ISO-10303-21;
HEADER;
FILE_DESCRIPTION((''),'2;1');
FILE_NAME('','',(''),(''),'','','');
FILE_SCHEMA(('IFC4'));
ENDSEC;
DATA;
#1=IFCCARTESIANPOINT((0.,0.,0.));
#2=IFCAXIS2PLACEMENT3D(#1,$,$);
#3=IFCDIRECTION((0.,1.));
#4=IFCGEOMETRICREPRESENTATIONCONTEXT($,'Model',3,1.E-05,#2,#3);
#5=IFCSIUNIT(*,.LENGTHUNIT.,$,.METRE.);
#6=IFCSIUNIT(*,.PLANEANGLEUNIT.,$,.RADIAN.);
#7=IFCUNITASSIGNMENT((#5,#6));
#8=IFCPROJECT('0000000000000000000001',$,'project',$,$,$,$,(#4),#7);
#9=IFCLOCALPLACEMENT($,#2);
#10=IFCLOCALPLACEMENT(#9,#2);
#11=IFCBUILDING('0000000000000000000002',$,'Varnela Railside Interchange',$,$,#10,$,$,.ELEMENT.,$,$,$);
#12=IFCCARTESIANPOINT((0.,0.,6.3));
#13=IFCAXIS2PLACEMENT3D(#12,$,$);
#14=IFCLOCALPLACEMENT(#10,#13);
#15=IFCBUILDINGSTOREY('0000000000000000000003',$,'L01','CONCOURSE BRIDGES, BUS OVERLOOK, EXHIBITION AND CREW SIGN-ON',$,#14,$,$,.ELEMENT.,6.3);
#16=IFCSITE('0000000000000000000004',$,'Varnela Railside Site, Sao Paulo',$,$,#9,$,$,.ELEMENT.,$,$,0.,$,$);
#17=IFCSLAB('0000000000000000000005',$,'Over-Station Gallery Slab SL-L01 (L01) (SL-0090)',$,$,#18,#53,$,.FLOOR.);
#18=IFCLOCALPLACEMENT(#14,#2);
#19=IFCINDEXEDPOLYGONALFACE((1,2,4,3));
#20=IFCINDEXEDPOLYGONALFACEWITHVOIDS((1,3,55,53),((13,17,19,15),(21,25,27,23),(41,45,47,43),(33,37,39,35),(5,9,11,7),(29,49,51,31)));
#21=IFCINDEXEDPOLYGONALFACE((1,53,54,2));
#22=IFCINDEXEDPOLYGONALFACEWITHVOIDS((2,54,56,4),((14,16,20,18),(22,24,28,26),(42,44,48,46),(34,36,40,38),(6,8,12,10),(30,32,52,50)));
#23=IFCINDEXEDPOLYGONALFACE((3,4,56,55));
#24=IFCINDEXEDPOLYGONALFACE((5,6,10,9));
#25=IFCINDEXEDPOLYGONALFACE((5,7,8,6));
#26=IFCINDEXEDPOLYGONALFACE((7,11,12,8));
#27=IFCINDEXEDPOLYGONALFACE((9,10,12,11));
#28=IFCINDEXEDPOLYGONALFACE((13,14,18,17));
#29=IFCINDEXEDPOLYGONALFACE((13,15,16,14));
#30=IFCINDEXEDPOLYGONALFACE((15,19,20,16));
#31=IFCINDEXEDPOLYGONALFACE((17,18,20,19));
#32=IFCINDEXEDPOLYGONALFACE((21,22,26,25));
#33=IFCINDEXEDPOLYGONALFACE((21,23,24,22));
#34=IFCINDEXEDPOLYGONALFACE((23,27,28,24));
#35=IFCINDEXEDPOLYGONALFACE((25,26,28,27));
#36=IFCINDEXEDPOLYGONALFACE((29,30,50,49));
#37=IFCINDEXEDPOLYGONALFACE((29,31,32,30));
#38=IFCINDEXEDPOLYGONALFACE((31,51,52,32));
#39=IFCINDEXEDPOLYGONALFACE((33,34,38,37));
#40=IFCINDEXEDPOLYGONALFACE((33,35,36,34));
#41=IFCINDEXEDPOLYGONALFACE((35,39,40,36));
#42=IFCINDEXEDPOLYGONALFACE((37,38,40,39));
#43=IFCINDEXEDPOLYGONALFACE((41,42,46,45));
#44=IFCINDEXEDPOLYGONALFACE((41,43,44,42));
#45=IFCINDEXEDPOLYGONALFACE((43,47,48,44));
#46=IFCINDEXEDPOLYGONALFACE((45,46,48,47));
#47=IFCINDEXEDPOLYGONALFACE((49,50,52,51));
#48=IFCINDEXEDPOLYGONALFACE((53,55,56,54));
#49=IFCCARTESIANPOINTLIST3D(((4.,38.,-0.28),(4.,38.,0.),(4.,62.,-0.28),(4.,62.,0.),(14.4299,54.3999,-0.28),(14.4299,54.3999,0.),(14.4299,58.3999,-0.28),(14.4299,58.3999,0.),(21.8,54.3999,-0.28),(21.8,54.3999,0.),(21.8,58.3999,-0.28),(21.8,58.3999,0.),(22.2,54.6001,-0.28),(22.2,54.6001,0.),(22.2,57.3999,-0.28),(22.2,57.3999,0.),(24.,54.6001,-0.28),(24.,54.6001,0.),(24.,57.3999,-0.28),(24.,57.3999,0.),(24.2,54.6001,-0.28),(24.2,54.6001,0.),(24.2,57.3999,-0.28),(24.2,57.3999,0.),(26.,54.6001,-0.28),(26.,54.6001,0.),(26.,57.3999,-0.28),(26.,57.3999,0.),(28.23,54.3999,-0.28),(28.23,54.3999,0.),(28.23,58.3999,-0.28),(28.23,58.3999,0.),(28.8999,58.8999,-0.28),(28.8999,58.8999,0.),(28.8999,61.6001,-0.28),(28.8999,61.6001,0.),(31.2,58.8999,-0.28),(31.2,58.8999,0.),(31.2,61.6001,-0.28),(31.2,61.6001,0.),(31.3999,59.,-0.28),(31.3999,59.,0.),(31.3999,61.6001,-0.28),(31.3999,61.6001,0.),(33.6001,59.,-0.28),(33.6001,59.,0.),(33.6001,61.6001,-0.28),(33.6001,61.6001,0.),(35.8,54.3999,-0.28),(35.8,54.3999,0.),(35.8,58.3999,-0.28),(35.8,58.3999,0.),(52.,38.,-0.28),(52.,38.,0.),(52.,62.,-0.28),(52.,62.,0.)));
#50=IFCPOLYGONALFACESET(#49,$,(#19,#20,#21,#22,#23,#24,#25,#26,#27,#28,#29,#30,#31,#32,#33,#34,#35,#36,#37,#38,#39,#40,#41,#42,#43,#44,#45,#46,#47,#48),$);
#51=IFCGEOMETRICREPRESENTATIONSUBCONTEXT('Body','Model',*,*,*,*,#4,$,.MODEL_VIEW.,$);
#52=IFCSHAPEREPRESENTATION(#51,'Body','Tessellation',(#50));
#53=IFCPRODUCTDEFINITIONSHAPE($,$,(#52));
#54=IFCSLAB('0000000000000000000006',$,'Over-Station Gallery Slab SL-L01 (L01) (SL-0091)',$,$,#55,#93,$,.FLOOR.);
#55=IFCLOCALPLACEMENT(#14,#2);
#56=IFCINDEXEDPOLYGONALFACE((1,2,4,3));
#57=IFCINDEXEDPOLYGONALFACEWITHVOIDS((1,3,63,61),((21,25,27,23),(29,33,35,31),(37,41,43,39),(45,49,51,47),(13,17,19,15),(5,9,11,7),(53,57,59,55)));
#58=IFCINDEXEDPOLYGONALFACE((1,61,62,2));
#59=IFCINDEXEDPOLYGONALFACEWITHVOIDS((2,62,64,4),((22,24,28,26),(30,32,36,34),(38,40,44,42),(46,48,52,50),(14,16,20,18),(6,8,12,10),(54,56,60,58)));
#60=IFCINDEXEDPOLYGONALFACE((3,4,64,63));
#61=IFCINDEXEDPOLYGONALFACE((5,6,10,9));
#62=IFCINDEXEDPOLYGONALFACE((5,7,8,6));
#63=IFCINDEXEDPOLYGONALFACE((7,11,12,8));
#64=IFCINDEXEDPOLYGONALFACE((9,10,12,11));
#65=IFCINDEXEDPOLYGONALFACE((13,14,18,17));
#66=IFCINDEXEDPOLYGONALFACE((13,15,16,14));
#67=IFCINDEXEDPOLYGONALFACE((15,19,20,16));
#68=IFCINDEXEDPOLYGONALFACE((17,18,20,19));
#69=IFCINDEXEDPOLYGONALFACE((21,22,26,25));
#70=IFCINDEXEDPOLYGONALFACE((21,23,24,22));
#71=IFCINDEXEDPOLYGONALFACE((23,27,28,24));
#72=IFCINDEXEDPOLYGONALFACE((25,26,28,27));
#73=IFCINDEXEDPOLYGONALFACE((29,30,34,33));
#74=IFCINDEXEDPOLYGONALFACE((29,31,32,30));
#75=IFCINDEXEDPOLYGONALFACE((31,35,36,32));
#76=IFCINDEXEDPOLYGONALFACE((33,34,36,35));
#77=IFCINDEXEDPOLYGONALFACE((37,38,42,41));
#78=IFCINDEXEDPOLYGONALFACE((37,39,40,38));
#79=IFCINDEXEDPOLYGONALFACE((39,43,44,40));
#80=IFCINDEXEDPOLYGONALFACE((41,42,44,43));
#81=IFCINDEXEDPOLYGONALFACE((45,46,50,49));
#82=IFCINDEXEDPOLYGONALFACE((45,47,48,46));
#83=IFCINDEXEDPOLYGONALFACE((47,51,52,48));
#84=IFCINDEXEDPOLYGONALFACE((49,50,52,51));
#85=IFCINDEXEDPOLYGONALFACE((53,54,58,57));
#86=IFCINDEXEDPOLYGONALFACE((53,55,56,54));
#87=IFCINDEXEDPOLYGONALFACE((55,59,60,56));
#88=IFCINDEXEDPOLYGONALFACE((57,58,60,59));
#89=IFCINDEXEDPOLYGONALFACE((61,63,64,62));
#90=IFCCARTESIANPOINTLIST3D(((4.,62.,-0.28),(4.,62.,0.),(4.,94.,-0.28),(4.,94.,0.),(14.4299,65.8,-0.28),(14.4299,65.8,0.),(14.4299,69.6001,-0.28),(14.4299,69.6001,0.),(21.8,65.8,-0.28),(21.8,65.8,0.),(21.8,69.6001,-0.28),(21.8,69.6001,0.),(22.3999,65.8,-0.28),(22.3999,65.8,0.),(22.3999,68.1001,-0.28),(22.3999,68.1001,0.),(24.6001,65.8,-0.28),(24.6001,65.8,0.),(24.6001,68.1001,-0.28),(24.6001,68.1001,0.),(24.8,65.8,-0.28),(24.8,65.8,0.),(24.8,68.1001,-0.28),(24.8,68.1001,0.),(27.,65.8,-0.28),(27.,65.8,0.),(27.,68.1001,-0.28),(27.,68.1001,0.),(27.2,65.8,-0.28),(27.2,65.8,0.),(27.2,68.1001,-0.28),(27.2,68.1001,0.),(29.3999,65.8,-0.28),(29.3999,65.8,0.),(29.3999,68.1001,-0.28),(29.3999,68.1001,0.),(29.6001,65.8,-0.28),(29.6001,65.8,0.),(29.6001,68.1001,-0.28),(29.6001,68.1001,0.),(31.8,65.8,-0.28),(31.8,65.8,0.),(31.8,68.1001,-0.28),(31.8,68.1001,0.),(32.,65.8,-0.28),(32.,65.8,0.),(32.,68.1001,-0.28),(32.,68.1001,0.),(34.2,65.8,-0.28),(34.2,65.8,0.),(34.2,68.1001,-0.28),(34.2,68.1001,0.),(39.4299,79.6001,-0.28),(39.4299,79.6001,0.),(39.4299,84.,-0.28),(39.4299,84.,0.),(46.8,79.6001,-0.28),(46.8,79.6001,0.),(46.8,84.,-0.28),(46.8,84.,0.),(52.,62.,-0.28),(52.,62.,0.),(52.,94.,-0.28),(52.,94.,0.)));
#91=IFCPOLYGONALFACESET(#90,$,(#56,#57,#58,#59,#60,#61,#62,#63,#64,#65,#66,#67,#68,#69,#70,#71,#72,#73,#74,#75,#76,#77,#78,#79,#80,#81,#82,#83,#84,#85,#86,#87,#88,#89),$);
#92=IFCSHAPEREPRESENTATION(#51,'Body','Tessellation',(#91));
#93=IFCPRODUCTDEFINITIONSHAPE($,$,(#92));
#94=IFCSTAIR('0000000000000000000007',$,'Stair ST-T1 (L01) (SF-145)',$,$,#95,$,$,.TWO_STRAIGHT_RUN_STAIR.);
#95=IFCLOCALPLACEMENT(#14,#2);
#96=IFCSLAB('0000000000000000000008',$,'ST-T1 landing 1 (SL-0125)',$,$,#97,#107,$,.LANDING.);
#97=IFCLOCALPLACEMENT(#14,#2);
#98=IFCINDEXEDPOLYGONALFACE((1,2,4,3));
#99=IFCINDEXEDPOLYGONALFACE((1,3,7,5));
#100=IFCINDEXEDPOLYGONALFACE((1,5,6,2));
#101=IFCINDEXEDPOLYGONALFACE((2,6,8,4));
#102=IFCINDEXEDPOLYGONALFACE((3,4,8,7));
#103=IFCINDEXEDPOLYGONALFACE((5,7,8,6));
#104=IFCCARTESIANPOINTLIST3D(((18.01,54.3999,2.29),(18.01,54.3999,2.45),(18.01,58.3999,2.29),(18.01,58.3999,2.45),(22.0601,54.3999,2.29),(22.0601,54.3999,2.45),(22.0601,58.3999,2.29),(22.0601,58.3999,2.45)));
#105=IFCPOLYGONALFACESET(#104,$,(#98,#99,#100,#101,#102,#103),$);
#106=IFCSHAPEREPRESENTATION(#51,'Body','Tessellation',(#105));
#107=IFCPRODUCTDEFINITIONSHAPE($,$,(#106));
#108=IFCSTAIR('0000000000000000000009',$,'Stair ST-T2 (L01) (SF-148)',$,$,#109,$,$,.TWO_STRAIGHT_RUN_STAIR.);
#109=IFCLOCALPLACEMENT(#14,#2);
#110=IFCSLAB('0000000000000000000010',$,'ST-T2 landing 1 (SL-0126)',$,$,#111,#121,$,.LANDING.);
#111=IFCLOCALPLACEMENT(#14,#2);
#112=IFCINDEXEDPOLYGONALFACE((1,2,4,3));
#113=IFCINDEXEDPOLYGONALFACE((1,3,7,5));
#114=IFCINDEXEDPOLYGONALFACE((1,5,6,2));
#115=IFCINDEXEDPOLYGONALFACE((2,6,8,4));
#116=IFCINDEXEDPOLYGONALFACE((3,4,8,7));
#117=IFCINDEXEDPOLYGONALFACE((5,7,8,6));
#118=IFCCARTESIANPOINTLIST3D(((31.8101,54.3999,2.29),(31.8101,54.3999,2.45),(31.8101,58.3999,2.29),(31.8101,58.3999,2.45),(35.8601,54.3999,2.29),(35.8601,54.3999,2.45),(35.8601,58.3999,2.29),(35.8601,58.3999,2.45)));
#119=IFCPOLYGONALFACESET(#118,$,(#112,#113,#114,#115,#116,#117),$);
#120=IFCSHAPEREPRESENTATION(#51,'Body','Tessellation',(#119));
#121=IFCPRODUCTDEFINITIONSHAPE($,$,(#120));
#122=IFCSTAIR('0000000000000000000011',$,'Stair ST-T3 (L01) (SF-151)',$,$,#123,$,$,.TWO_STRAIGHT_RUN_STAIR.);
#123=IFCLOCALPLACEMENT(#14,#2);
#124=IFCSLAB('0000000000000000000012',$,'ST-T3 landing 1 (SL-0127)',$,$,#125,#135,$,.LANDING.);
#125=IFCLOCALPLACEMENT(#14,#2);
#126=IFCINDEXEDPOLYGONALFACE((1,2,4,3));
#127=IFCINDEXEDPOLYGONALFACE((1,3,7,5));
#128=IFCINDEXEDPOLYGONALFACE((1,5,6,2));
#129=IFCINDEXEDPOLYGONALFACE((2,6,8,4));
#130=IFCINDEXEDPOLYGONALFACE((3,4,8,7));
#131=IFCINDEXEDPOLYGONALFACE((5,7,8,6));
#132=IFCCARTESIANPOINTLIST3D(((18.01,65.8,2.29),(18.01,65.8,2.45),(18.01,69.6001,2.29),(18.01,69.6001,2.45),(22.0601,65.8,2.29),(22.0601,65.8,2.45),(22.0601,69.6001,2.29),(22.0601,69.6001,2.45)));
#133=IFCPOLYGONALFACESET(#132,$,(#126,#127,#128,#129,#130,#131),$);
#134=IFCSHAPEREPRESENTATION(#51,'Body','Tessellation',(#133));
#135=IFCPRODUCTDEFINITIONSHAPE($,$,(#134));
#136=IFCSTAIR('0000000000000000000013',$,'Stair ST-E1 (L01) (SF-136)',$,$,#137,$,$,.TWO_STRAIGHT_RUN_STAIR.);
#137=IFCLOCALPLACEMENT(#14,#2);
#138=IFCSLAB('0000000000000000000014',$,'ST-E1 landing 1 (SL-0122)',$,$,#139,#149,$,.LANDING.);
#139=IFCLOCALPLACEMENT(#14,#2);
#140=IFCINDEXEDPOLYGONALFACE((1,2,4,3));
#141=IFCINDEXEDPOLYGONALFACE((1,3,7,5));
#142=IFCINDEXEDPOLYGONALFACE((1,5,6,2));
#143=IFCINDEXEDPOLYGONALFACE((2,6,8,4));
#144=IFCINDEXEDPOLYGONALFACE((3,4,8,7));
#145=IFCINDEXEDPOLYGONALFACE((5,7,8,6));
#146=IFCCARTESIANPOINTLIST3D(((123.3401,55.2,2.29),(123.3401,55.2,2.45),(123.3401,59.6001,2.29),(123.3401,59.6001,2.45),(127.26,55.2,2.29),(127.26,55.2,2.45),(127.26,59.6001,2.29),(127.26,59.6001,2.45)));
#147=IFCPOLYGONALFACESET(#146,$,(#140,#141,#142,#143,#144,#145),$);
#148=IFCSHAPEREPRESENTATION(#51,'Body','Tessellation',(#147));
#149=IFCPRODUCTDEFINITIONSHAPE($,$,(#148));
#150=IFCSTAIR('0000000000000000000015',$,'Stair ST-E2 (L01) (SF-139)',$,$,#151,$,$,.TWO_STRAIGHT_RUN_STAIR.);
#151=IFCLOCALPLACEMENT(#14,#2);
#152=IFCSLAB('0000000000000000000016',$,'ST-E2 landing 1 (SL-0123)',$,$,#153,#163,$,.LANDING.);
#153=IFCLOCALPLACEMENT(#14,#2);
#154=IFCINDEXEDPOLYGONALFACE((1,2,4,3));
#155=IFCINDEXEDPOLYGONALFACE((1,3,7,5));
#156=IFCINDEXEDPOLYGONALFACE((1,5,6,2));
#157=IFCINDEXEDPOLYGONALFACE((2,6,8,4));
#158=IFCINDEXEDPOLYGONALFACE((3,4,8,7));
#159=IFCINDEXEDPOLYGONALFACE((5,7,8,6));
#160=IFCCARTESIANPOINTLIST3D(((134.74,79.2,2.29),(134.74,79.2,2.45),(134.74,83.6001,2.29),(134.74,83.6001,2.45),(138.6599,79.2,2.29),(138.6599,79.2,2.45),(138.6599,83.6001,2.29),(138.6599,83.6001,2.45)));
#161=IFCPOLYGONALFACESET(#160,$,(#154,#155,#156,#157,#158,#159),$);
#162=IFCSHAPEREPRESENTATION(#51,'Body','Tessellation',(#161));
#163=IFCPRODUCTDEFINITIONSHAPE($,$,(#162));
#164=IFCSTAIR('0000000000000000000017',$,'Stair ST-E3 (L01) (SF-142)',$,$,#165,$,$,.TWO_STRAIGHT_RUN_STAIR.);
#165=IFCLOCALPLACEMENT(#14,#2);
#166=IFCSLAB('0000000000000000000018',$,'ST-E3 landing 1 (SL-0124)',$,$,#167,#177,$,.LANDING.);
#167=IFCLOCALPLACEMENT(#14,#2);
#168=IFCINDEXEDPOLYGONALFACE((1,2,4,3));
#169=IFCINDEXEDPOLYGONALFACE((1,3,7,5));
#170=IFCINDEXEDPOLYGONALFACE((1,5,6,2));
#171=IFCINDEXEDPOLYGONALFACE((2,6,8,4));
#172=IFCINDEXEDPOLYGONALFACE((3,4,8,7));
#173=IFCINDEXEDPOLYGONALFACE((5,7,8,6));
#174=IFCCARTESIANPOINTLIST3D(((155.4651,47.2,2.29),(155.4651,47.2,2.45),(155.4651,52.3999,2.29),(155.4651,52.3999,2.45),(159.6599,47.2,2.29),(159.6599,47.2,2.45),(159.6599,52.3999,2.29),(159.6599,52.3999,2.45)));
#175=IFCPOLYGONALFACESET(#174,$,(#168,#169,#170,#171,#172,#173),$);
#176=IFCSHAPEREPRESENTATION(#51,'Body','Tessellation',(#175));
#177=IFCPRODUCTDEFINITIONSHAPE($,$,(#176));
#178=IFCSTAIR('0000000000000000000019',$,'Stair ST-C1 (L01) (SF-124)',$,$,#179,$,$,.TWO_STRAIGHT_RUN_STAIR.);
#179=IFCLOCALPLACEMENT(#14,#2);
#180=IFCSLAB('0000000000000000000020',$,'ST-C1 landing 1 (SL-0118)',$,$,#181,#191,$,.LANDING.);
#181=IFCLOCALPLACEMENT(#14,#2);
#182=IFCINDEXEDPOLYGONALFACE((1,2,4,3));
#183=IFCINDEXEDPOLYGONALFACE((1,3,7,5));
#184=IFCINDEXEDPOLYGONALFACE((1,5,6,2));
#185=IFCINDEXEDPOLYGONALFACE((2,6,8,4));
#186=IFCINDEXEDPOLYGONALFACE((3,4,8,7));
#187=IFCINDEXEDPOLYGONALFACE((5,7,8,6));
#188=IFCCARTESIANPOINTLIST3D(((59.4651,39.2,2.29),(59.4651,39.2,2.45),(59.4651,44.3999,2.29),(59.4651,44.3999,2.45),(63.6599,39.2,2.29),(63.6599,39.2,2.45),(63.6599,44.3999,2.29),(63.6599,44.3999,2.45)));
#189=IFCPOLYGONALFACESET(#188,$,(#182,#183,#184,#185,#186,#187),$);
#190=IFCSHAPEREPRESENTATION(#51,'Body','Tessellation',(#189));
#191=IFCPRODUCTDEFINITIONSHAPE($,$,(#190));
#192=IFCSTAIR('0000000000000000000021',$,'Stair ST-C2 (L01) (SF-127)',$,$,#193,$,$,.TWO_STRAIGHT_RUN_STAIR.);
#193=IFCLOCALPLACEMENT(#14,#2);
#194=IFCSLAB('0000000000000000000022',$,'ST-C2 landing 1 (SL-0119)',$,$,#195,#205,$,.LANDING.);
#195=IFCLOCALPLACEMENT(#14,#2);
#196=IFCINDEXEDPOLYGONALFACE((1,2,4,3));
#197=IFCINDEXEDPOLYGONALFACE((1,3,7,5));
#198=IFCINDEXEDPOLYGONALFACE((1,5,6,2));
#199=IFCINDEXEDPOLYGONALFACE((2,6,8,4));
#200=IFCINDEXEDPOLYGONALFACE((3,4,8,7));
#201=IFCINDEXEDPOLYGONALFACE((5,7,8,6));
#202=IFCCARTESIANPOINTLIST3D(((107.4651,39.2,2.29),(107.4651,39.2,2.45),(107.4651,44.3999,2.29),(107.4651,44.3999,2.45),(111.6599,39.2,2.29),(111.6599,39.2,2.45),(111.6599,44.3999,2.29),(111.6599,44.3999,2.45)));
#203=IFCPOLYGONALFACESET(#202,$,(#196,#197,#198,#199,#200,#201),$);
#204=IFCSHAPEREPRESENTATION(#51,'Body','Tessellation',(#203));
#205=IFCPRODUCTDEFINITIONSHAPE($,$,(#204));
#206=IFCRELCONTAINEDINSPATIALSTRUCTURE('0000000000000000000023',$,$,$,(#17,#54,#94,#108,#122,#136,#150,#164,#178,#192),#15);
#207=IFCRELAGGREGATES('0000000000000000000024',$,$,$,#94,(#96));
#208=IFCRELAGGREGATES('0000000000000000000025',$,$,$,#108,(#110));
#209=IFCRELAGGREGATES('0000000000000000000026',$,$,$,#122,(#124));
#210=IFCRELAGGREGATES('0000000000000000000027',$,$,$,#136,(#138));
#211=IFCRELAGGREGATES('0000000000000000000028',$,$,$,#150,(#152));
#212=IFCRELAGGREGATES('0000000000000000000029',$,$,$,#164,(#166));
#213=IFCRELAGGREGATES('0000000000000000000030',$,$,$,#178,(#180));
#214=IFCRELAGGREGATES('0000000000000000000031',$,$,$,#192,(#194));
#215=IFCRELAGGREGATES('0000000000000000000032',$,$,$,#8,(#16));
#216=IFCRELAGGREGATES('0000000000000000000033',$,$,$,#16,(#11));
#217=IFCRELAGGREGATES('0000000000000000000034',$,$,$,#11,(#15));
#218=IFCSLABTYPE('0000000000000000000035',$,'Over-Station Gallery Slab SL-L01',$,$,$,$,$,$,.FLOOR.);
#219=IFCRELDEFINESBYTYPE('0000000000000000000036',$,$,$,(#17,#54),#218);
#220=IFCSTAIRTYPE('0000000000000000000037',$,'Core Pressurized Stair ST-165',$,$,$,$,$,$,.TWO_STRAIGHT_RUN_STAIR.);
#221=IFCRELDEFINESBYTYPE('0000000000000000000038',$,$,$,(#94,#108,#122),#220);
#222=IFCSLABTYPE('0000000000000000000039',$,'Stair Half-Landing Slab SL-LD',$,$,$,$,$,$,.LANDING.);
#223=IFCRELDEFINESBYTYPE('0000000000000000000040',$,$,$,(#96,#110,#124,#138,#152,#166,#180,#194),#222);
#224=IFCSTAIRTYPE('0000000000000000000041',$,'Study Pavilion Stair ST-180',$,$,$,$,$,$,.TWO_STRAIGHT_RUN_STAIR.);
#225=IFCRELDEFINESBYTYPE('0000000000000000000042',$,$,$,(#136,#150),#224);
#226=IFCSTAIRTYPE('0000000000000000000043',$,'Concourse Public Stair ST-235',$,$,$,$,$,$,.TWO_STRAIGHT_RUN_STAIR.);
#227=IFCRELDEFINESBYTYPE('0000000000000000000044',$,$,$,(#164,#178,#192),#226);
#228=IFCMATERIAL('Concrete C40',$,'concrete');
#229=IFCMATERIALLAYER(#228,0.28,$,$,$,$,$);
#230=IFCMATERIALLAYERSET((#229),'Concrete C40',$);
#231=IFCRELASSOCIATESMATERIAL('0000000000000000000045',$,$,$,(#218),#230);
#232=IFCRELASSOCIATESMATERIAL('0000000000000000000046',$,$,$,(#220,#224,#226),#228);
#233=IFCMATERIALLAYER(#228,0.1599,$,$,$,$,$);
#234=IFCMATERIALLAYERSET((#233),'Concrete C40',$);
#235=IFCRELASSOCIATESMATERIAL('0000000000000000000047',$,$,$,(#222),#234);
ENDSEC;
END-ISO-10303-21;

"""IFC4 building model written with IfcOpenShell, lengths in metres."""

from ifc_helpers import new_model, si_unit, direction, frame, origin, place, context, subcontext, project, spatial, polyline, outline, extrude, material, layer, layer_set, type_object, element, aggregate, save


model = new_model("IFC4")

# Units and contexts
model_context = context("Model", 3, precision=1e-05, world=origin(), true_north=direction((0.0, 1.0)))
body_context = subcontext(model_context, "Body", "Model", "MODEL_VIEW")
ifc_project = project(units=[si_unit("LENGTHUNIT", "METRE"), si_unit("PLANEANGLEUNIT", "RADIAN")], contexts=[model_context])

# Site, building, storey
site_placement = place(None, origin())
site = spatial("IfcSite", under=ifc_project, at=site_placement, Name="Varnela Railside Site, Sao Paulo", CompositionType="ELEMENT", RefElevation=0.0)
building_placement = place(site_placement, origin())
building = spatial("IfcBuilding", under=site, at=building_placement, Name="Varnela Railside Interchange", CompositionType="ELEMENT")
storey_placement = place(building_placement, frame((0.0, 0.0, 6.3)))
storey = spatial("IfcBuildingStorey", under=building, at=storey_placement, Name="L01", Description="CONCOURSE BRIDGES, BUS OVERLOOK, EXHIBITION AND CREW SIGN-ON", CompositionType="ELEMENT", Elevation=6.3)

# Shared definitions
ifc_material_1 = material(Name="Concrete C40", Category="concrete")

# Slabs
ifc_layer_1 = layer(ifc_material_1, 0.28)
ifc_layer_set_1 = layer_set([ifc_layer_1], Name="Concrete C40")
slab_type_1 = type_object("IfcSlabType", Name="Over-Station Gallery Slab SL-L01", PredefinedType="FLOOR", material=ifc_layer_set_1)
slab_1_placement = place(storey_placement, frame((0.0, 0.0, -0.28)))
element("IfcSlab", 1, at=slab_1_placement, inside=storey, type_object=slab_type_1, Name="Over-Station Gallery Slab SL-L01 (L01) (SL-0090)", PredefinedType="FLOOR", context=body_context, shape_type="SweptSolid", body=[
    extrude(outline(polyline([(4.0, 38.0), (52.0, 38.0), (52.0, 62.0), (4.0, 62.0), (4.0, 38.0)]), holes=[polyline([(14.4299, 54.3999), (21.8, 54.3999), (21.8, 58.3999), (14.4299, 58.3999), (14.4299, 54.3999)]), polyline([(28.23, 54.3999), (35.8, 54.3999), (35.8, 58.3999), (28.23, 58.3999), (28.23, 54.3999)]), polyline([(22.2, 54.6001), (24.0, 54.6001), (24.0, 57.3999), (22.2, 57.3999), (22.2, 54.6001)]), polyline([(24.2, 54.6001), (26.0, 54.6001), (26.0, 57.3999), (24.2, 57.3999), (24.2, 54.6001)]), polyline([(31.3999, 59.0), (33.6001, 59.0), (33.6001, 61.6001), (31.3999, 61.6001), (31.3999, 59.0)]), polyline([(28.8999, 58.8999), (31.2, 58.8999), (31.2, 61.6001), (28.8999, 61.6001), (28.8999, 58.8999)])]), origin(), (0.0, 0.0, 1.0), 0.28),
])
slab_2_placement = place(storey_placement, frame((0.0, 0.0, -0.28)))
element("IfcSlab", 2, at=slab_2_placement, inside=storey, type_object=slab_type_1, Name="Over-Station Gallery Slab SL-L01 (L01) (SL-0091)", PredefinedType="FLOOR", context=body_context, shape_type="SweptSolid", body=[
    extrude(outline(polyline([(4.0, 62.0), (52.0, 62.0), (52.0, 94.0), (4.0, 94.0), (4.0, 62.0)]), holes=[polyline([(14.4299, 65.8), (21.8, 65.8), (21.8, 69.6001), (14.4299, 69.6001), (14.4299, 65.8)]), polyline([(39.4299, 79.6001), (46.8, 79.6001), (46.8, 84.0), (39.4299, 84.0), (39.4299, 79.6001)]), polyline([(22.3999, 65.8), (24.6001, 65.8), (24.6001, 68.1001), (22.3999, 68.1001), (22.3999, 65.8)]), polyline([(24.8, 65.8), (27.0, 65.8), (27.0, 68.1001), (24.8, 68.1001), (24.8, 65.8)]), polyline([(27.2, 65.8), (29.3999, 65.8), (29.3999, 68.1001), (27.2, 68.1001), (27.2, 65.8)]), polyline([(29.6001, 65.8), (31.8, 65.8), (31.8, 68.1001), (29.6001, 68.1001), (29.6001, 65.8)]), polyline([(32.0, 65.8), (34.2, 65.8), (34.2, 68.1001), (32.0, 68.1001), (32.0, 65.8)])]), origin(), (0.0, 0.0, 1.0), 0.28),
])

# Stairs, slabs
stair_type_1 = type_object("IfcStairType", Name="Core Pressurized Stair ST-165", PredefinedType="TWO_STRAIGHT_RUN_STAIR", material=ifc_material_1)
stair_1_placement = place(storey_placement, origin())
stair_1 = element("IfcStair", 3, at=stair_1_placement, inside=storey, type_object=stair_type_1, Name="Stair ST-T1 (L01) (SF-145)", PredefinedType="TWO_STRAIGHT_RUN_STAIR")
ifc_layer_2 = layer(ifc_material_1, 0.1599)
ifc_layer_set_2 = layer_set([ifc_layer_2], Name="Concrete C40")
slab_type_2 = type_object("IfcSlabType", Name="Stair Half-Landing Slab SL-LD", PredefinedType="LANDING", material=ifc_layer_set_2)
slab_3_placement = place(storey_placement, frame((0.0, 0.0, 2.29)))
slab_3 = element("IfcSlab", 4, at=slab_3_placement, type_object=slab_type_2, Name="ST-T1 landing 1 (SL-0125)", PredefinedType="LANDING", context=body_context, shape_type="SweptSolid", body=[
    extrude(outline(polyline([(18.01, 54.3999), (22.0601, 54.3999), (22.0601, 58.3999), (18.01, 58.3999), (18.01, 54.3999)])), origin(), (0.0, 0.0, 1.0), 0.1599),
])
aggregate(stair_1, [slab_3])
stair_2_placement = place(storey_placement, origin())
stair_2 = element("IfcStair", 5, at=stair_2_placement, inside=storey, type_object=stair_type_1, Name="Stair ST-T2 (L01) (SF-148)", PredefinedType="TWO_STRAIGHT_RUN_STAIR")
slab_4_placement = place(storey_placement, frame((0.0, 0.0, 2.29)))
slab_4 = element("IfcSlab", 6, at=slab_4_placement, type_object=slab_type_2, Name="ST-T2 landing 1 (SL-0126)", PredefinedType="LANDING", context=body_context, shape_type="SweptSolid", body=[
    extrude(outline(polyline([(31.8101, 54.3999), (35.8601, 54.3999), (35.8601, 58.3999), (31.8101, 58.3999), (31.8101, 54.3999)])), origin(), (0.0, 0.0, 1.0), 0.1599),
])
aggregate(stair_2, [slab_4])
stair_3_placement = place(storey_placement, origin())
stair_3 = element("IfcStair", 7, at=stair_3_placement, inside=storey, type_object=stair_type_1, Name="Stair ST-T3 (L01) (SF-151)", PredefinedType="TWO_STRAIGHT_RUN_STAIR")
slab_5_placement = place(storey_placement, frame((0.0, 0.0, 2.29)))
slab_5 = element("IfcSlab", 8, at=slab_5_placement, type_object=slab_type_2, Name="ST-T3 landing 1 (SL-0127)", PredefinedType="LANDING", context=body_context, shape_type="SweptSolid", body=[
    extrude(outline(polyline([(18.01, 65.8), (22.0601, 65.8), (22.0601, 69.6001), (18.01, 69.6001), (18.01, 65.8)])), origin(), (0.0, 0.0, 1.0), 0.1599),
])
aggregate(stair_3, [slab_5])
stair_type_2 = type_object("IfcStairType", Name="Study Pavilion Stair ST-180", PredefinedType="TWO_STRAIGHT_RUN_STAIR", material=ifc_material_1)
stair_4_placement = place(storey_placement, origin())
stair_4 = element("IfcStair", 9, at=stair_4_placement, inside=storey, type_object=stair_type_2, Name="Stair ST-E1 (L01) (SF-136)", PredefinedType="TWO_STRAIGHT_RUN_STAIR")
slab_6_placement = place(storey_placement, frame((0.0, 0.0, 2.29)))
slab_6 = element("IfcSlab", 10, at=slab_6_placement, type_object=slab_type_2, Name="ST-E1 landing 1 (SL-0122)", PredefinedType="LANDING", context=body_context, shape_type="SweptSolid", body=[
    extrude(outline(polyline([(123.3401, 55.2), (127.26, 55.2), (127.26, 59.6001), (123.3401, 59.6001), (123.3401, 55.2)])), origin(), (0.0, 0.0, 1.0), 0.1599),
])
aggregate(stair_4, [slab_6])
stair_5_placement = place(storey_placement, origin())
stair_5 = element("IfcStair", 11, at=stair_5_placement, inside=storey, type_object=stair_type_2, Name="Stair ST-E2 (L01) (SF-139)", PredefinedType="TWO_STRAIGHT_RUN_STAIR")
slab_7_placement = place(storey_placement, frame((0.0, 0.0, 2.29)))
slab_7 = element("IfcSlab", 12, at=slab_7_placement, type_object=slab_type_2, Name="ST-E2 landing 1 (SL-0123)", PredefinedType="LANDING", context=body_context, shape_type="SweptSolid", body=[
    extrude(outline(polyline([(134.74, 79.2), (138.6599, 79.2), (138.6599, 83.6001), (134.74, 83.6001), (134.74, 79.2)])), origin(), (0.0, 0.0, 1.0), 0.1599),
])
aggregate(stair_5, [slab_7])
stair_type_3 = type_object("IfcStairType", Name="Concourse Public Stair ST-235", PredefinedType="TWO_STRAIGHT_RUN_STAIR", material=ifc_material_1)
stair_6_placement = place(storey_placement, origin())
stair_6 = element("IfcStair", 13, at=stair_6_placement, inside=storey, type_object=stair_type_3, Name="Stair ST-E3 (L01) (SF-142)", PredefinedType="TWO_STRAIGHT_RUN_STAIR")
slab_8_placement = place(storey_placement, frame((0.0, 0.0, 2.29)))
slab_8 = element("IfcSlab", 14, at=slab_8_placement, type_object=slab_type_2, Name="ST-E3 landing 1 (SL-0124)", PredefinedType="LANDING", context=body_context, shape_type="SweptSolid", body=[
    extrude(outline(polyline([(155.4651, 47.2), (159.6599, 47.2), (159.6599, 52.3999), (155.4651, 52.3999), (155.4651, 47.2)])), origin(), (0.0, 0.0, 1.0), 0.1599),
])
aggregate(stair_6, [slab_8])
stair_7_placement = place(storey_placement, origin())
stair_7 = element("IfcStair", 15, at=stair_7_placement, inside=storey, type_object=stair_type_3, Name="Stair ST-C1 (L01) (SF-124)", PredefinedType="TWO_STRAIGHT_RUN_STAIR")
slab_9_placement = place(storey_placement, frame((0.0, 0.0, 2.29)))
slab_9 = element("IfcSlab", 16, at=slab_9_placement, type_object=slab_type_2, Name="ST-C1 landing 1 (SL-0118)", PredefinedType="LANDING", context=body_context, shape_type="SweptSolid", body=[
    extrude(outline(polyline([(59.4651, 39.2), (63.6599, 39.2), (63.6599, 44.3999), (59.4651, 44.3999), (59.4651, 39.2)])), origin(), (0.0, 0.0, 1.0), 0.1599),
])
aggregate(stair_7, [slab_9])
stair_8_placement = place(storey_placement, origin())
stair_8 = element("IfcStair", 17, at=stair_8_placement, inside=storey, type_object=stair_type_3, Name="Stair ST-C2 (L01) (SF-127)", PredefinedType="TWO_STRAIGHT_RUN_STAIR")
slab_10_placement = place(storey_placement, frame((0.0, 0.0, 2.29)))
slab_10 = element("IfcSlab", 18, at=slab_10_placement, type_object=slab_type_2, Name="ST-C2 landing 1 (SL-0119)", PredefinedType="LANDING", context=body_context, shape_type="SweptSolid", body=[
    extrude(outline(polyline([(107.4651, 39.2), (111.6599, 39.2), (111.6599, 44.3999), (107.4651, 44.3999), (107.4651, 39.2)])), origin(), (0.0, 0.0, 1.0), 0.1599),
])
aggregate(stair_8, [slab_10])

save(model, "model.ifc")
